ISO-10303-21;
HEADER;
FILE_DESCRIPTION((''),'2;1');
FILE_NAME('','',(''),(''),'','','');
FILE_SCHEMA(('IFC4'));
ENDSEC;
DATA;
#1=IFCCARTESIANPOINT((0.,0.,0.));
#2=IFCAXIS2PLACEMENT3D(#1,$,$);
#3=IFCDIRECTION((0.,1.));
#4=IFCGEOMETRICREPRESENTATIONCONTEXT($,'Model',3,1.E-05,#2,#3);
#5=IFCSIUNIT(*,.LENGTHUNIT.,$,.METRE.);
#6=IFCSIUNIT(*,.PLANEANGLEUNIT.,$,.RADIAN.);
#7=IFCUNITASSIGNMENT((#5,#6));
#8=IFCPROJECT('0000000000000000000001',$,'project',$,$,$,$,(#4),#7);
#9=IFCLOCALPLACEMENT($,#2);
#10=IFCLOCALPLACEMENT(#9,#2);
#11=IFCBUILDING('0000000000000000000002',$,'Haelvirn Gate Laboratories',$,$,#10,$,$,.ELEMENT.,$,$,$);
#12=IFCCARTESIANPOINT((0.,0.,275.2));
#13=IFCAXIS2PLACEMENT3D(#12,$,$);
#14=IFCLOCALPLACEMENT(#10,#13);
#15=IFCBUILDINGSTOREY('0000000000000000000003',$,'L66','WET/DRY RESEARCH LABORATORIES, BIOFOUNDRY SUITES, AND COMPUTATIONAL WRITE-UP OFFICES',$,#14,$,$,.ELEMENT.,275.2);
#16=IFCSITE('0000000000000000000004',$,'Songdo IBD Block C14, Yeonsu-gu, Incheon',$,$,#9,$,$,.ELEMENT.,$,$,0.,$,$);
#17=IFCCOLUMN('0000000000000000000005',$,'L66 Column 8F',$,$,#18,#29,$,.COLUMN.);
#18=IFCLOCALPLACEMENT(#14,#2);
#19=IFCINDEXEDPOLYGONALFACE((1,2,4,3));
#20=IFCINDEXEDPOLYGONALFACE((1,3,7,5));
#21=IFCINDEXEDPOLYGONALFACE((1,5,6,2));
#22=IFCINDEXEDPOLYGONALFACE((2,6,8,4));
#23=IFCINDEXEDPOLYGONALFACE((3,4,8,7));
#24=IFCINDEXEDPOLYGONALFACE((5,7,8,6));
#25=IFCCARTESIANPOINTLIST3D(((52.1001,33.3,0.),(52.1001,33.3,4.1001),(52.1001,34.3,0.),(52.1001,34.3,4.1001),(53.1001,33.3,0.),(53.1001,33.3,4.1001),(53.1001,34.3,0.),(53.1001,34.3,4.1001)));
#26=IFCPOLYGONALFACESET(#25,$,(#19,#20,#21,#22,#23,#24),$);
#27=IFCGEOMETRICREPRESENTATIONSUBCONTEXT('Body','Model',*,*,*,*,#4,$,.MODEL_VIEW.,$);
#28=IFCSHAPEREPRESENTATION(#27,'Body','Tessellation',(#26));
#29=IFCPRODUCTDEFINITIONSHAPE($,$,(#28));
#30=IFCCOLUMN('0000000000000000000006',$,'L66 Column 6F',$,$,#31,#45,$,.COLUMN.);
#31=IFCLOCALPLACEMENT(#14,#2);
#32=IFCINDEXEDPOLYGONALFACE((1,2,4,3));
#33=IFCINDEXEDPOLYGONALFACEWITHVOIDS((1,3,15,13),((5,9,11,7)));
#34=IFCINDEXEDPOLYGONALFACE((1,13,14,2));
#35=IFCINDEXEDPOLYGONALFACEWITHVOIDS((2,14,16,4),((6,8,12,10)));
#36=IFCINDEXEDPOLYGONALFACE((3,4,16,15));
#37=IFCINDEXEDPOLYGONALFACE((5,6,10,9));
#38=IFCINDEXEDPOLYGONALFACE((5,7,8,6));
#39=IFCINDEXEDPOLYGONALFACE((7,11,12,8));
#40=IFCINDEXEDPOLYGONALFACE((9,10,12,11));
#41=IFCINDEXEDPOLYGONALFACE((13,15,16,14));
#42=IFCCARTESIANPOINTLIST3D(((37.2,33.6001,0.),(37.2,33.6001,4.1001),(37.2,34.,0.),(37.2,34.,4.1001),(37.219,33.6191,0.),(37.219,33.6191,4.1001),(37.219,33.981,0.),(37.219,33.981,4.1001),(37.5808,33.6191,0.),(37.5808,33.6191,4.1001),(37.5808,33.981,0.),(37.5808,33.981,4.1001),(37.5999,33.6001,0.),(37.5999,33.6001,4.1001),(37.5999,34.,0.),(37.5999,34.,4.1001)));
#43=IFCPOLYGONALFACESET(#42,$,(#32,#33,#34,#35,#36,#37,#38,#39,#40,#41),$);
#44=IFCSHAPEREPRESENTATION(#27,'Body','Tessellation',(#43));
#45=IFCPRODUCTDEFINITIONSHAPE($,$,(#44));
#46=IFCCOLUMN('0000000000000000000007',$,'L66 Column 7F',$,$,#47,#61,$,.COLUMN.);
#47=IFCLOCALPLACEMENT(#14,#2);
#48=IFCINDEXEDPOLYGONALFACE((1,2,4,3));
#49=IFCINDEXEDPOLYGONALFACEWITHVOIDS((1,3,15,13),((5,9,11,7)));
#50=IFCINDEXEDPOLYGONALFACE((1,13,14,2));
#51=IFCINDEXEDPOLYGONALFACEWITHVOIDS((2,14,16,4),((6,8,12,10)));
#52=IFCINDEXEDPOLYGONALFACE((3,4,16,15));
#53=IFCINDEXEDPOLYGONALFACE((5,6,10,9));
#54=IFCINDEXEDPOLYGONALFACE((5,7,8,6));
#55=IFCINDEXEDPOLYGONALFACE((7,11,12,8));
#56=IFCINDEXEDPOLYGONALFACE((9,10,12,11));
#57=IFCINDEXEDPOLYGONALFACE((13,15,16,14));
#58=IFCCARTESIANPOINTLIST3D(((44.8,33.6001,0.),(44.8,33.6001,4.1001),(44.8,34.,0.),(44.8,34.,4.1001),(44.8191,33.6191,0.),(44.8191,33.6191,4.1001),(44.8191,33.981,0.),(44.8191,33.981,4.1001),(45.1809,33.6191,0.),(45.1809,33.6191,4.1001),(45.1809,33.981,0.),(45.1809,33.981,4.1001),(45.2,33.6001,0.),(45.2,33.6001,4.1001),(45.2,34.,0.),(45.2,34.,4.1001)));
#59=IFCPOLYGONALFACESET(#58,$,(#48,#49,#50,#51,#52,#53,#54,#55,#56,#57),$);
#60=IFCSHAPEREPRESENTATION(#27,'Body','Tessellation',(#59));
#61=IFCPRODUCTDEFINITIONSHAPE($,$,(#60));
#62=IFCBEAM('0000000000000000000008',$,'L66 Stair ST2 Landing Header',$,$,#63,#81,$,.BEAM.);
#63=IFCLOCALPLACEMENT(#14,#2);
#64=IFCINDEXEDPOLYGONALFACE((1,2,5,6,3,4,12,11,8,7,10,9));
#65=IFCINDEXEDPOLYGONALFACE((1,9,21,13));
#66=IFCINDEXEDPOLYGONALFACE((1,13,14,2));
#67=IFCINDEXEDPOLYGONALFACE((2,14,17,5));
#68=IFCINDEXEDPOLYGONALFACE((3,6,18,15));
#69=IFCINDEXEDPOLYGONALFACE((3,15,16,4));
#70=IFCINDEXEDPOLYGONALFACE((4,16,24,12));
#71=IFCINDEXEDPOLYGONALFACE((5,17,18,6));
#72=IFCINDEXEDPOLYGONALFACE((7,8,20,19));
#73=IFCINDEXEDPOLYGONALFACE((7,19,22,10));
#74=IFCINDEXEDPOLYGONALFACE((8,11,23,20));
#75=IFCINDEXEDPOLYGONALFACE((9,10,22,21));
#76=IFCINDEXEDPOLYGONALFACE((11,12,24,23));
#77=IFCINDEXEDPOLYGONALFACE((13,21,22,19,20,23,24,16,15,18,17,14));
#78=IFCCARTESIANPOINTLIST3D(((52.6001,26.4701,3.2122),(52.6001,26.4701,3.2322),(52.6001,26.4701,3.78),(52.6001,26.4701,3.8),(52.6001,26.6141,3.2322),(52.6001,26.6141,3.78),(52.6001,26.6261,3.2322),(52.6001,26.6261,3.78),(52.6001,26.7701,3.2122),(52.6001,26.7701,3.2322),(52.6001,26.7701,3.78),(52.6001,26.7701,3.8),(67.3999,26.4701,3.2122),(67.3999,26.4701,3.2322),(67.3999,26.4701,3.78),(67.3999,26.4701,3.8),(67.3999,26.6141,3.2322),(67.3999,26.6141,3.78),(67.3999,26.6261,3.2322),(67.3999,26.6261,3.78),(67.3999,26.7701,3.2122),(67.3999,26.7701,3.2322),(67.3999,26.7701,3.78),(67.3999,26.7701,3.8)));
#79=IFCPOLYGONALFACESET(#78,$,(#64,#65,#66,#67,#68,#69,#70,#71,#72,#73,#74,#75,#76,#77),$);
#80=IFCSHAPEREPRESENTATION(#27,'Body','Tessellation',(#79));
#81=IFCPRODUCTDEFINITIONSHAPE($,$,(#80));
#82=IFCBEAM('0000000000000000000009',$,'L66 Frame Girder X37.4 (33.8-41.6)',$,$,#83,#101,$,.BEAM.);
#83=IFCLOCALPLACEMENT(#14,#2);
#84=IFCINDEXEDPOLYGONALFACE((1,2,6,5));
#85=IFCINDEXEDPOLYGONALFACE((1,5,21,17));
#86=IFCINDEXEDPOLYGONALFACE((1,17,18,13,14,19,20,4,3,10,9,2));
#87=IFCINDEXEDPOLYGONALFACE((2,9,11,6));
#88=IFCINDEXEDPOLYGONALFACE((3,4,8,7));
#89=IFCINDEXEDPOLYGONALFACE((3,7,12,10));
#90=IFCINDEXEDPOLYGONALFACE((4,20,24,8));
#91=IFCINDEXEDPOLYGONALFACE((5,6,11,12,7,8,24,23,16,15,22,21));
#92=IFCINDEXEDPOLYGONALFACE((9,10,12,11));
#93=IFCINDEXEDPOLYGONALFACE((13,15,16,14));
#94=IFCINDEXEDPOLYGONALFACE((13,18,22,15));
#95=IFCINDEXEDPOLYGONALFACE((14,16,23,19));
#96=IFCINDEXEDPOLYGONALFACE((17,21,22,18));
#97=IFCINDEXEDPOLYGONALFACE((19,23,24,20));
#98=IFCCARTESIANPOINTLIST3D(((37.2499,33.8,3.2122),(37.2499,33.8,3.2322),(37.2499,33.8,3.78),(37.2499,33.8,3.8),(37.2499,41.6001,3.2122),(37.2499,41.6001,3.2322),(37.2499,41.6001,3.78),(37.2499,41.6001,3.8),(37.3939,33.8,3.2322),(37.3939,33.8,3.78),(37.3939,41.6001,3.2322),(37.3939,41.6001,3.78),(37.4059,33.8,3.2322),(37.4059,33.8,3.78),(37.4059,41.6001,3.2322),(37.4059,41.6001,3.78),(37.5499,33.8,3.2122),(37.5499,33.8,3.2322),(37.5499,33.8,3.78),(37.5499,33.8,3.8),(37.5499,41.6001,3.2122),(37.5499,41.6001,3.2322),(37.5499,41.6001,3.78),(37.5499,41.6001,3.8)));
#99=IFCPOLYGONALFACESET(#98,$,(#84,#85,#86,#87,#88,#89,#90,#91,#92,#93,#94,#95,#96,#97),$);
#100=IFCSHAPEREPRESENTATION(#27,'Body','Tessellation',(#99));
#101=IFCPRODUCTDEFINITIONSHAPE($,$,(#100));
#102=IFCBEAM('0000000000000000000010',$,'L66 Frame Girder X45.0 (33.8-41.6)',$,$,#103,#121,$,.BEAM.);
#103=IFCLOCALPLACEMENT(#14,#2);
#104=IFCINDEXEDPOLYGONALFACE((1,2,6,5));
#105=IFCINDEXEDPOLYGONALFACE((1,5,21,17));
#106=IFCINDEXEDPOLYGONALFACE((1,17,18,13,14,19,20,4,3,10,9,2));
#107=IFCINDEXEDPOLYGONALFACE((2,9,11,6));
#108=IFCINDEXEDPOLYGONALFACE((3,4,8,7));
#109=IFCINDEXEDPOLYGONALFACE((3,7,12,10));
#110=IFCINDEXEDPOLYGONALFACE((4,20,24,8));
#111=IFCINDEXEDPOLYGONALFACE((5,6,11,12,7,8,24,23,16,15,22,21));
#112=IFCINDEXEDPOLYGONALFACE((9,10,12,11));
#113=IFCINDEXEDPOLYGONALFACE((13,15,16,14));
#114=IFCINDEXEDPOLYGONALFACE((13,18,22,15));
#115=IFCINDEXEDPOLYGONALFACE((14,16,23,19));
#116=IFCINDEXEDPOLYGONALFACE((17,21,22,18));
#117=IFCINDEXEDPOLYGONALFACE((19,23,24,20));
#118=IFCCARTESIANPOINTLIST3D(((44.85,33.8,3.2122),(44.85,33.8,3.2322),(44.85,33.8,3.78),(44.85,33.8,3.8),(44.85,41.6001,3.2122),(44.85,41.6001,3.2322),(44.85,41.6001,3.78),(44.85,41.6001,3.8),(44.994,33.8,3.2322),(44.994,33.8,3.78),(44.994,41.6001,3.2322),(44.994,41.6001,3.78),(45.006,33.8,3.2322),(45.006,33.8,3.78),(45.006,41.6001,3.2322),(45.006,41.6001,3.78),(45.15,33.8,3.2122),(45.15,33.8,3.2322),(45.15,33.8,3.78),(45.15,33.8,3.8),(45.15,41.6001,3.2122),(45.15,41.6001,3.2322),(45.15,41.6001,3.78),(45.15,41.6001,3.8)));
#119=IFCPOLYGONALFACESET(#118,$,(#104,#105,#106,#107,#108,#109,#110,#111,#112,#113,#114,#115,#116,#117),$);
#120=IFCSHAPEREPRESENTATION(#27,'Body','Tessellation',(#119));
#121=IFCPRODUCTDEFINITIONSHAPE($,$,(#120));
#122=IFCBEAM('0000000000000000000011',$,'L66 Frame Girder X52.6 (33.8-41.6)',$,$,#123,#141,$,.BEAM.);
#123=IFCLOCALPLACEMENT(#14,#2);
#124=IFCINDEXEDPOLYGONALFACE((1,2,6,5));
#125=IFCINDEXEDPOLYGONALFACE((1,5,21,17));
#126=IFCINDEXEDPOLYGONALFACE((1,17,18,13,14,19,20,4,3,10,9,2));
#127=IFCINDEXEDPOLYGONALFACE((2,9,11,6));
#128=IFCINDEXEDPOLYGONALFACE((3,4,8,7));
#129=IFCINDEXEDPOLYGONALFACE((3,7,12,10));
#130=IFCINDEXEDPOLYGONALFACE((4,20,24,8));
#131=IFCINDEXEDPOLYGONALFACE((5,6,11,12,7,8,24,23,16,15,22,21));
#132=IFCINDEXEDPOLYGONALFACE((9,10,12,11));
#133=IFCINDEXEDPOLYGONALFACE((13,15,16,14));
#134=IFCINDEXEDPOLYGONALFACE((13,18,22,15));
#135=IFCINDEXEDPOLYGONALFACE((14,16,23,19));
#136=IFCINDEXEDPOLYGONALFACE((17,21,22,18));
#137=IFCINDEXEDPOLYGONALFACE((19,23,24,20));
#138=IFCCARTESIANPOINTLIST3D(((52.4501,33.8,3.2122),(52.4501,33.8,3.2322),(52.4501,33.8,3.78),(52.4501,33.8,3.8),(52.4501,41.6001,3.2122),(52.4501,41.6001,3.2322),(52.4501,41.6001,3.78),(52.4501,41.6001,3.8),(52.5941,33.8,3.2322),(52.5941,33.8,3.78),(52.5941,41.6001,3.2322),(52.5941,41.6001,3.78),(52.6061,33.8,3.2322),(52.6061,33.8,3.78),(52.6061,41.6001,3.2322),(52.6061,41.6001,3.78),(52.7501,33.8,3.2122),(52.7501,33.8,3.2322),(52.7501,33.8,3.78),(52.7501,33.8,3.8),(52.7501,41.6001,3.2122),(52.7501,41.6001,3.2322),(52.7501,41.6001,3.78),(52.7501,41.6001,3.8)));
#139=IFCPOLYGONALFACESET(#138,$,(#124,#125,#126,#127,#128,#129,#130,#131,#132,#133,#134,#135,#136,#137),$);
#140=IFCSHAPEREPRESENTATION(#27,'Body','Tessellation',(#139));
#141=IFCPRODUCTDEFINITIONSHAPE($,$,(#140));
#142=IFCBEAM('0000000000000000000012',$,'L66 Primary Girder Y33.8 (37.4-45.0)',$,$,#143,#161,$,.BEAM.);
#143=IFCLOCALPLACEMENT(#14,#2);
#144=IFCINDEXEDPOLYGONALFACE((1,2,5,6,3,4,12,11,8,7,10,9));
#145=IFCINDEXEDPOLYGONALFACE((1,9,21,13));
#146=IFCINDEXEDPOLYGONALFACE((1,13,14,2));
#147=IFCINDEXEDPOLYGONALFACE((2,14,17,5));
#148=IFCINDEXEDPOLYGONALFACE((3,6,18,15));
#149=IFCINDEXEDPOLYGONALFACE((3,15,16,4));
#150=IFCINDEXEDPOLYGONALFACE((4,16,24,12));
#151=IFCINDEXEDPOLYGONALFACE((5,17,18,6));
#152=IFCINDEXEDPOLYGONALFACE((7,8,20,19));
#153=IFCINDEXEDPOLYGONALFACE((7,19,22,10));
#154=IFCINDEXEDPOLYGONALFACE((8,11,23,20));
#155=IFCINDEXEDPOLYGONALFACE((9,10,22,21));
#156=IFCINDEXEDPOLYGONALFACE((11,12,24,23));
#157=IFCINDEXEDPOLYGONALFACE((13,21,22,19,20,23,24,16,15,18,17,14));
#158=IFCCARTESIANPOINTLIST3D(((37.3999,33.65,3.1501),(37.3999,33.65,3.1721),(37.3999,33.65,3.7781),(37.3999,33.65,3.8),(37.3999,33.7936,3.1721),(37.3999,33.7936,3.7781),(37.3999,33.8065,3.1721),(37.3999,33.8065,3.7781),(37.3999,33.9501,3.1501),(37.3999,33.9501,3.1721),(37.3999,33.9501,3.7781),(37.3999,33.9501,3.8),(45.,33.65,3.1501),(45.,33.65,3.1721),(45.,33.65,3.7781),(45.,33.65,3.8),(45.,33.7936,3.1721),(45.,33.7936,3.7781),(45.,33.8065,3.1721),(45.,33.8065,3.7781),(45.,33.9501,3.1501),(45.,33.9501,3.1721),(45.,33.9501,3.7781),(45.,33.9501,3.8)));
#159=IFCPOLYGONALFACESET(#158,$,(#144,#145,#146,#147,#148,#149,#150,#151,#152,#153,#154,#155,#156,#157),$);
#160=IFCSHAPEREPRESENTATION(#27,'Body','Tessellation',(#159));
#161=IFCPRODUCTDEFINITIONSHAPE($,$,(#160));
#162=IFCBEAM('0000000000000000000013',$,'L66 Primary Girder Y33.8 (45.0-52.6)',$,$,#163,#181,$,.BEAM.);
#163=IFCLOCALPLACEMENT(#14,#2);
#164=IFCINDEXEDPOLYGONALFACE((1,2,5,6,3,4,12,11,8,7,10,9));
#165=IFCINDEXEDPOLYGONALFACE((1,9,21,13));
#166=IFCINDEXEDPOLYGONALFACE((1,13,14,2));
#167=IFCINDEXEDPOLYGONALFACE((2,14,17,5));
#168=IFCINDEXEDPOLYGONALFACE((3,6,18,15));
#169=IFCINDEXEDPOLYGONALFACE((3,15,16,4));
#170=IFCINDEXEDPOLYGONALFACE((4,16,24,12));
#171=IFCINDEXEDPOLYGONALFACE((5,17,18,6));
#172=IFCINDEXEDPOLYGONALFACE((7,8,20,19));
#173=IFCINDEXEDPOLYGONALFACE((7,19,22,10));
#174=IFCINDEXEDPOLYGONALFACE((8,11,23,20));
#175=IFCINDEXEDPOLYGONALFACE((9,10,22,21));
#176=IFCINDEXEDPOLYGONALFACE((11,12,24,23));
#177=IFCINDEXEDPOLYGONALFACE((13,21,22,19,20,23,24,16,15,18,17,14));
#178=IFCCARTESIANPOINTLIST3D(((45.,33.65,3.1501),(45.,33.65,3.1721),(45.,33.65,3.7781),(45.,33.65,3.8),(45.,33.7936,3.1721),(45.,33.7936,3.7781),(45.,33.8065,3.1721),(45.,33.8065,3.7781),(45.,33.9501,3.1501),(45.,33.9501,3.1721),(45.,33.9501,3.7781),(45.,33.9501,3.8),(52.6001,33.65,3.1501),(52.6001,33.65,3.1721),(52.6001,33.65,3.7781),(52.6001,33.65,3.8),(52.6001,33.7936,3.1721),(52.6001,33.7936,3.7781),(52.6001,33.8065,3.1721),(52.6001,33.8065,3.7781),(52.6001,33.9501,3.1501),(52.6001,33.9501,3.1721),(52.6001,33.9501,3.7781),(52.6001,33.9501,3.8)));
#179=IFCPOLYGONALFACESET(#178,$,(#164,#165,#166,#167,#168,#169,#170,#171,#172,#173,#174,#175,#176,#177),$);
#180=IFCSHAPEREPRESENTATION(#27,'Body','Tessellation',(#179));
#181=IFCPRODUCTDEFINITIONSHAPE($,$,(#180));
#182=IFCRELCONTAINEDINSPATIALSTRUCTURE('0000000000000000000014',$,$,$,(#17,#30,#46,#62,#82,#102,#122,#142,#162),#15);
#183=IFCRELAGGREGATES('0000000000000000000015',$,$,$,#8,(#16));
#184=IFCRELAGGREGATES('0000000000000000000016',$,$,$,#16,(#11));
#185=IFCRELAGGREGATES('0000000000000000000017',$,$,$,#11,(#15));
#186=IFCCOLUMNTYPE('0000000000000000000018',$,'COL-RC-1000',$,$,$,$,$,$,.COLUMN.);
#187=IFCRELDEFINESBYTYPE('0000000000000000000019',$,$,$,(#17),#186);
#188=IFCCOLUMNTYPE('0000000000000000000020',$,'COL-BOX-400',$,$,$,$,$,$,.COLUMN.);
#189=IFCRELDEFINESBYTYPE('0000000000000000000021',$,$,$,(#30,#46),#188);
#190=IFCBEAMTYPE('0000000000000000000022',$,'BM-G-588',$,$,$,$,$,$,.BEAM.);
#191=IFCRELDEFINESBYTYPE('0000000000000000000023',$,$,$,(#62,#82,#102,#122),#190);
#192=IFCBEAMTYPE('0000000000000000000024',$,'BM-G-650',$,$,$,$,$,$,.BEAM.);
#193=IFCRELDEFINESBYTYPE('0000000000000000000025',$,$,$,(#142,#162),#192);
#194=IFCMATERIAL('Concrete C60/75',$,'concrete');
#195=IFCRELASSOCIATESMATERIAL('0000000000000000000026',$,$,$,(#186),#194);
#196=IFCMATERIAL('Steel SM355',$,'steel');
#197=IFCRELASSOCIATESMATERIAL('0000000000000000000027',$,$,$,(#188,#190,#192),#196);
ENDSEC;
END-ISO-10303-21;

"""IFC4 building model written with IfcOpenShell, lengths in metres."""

from ifc_helpers import new_model, si_unit, direction, frame, origin, origin_2d, place, context, subcontext, project, spatial, rectangle, hollow_rectangle, i_section, extrude, source, transform, mapped, material, material_profile, profile_set, type_object, type_shapes, element, save


model = new_model("IFC4")

# Units and contexts
model_context = context("Model", 3, precision=1e-05, world=origin(), true_north=direction((0.0, 1.0)))
body_context = subcontext(model_context, "Body", "Model", "MODEL_VIEW")
ifc_project = project(units=[si_unit("LENGTHUNIT", "METRE"), si_unit("PLANEANGLEUNIT", "RADIAN")], contexts=[model_context])

# Site, building, storey
site_placement = place(None, origin())
site = spatial("IfcSite", under=ifc_project, at=site_placement, Name="Songdo IBD Block C14, Yeonsu-gu, Incheon", CompositionType="ELEMENT", RefElevation=0.0)
building_placement = place(site_placement, origin())
building = spatial("IfcBuilding", under=site, at=building_placement, Name="Haelvirn Gate Laboratories", CompositionType="ELEMENT")
storey_placement = place(building_placement, frame((0.0, 0.0, 275.2)))
storey = spatial("IfcBuildingStorey", under=building, at=storey_placement, Name="L66", Description="WET/DRY RESEARCH LABORATORIES, BIOFOUNDRY SUITES, AND COMPUTATIONAL WRITE-UP OFFICES", CompositionType="ELEMENT", Elevation=275.2)

# Columns
ifc_material_1 = material(Name="Concrete C60/75", Category="concrete")
ifc_material_profile_1 = material_profile(ifc_material_1, rectangle(XDim=1.0, YDim=1.0, at=origin_2d()), Name="RC-1000x1000")
ifc_profile_set_1 = profile_set([ifc_material_profile_1], Name="Concrete C60/75")
column_type_1 = type_object("IfcColumnType", Name="COL-RC-1000", PredefinedType="COLUMN", material=ifc_profile_set_1)
shared_shape_1 = source(origin(), body_context, "Body", "SweptSolid", [
    extrude(rectangle(XDim=1.0, YDim=1.0, at=origin_2d()), origin(), (0.0, 0.0, 1.0), 4.1001),
])
type_shapes(column_type_1, [shared_shape_1])
column_placement = place(storey_placement, frame((52.6001, 33.8, 0.0), z_axis=(0.0, 0.0, 1.0), x_axis=(1.0, 0.0, 0.0)))
element("IfcColumn", 1, at=column_placement, inside=storey, type_object=column_type_1, Name="L66 Column 8F", PredefinedType="COLUMN", context=body_context, shape_type="MappedRepresentation", body=[
    mapped(shared_shape_1, transform((0.0, 0.0, 0.0), scale=1.0)),
])
ifc_material_2 = material(Name="Steel SM355", Category="steel")
ifc_material_profile_2 = material_profile(ifc_material_2, hollow_rectangle(XDim=0.3999, YDim=0.3999, WallThickness=0.019, at=origin_2d()), Name="BOX-400x400x19")
ifc_profile_set_2 = profile_set([ifc_material_profile_2], Name="Steel SM355")
column_type_2 = type_object("IfcColumnType", Name="COL-BOX-400", PredefinedType="COLUMN", material=ifc_profile_set_2)
shared_shape_2 = source(origin(), body_context, "Body", "SweptSolid", [
    extrude(hollow_rectangle(XDim=0.3999, YDim=0.3999, WallThickness=0.019, at=origin_2d()), origin(), (0.0, 0.0, 1.0), 4.1001),
])
type_shapes(column_type_2, [shared_shape_2])
for number, where, z_axis, x_axis, name in (
    (2, (37.3999, 33.8, 0.0), (0.0, 0.0, 1.0), (1.0, 0.0, 0.0), "L66 Column 6F"),
    (3, (45.0, 33.8, 0.0), (0.0, 0.0, 1.0), (1.0, 0.0, 0.0), "L66 Column 7F"),
):
    element("IfcColumn", number, at=place(storey_placement, frame(where, z_axis=z_axis, x_axis=x_axis)), inside=storey, type_object=column_type_2, Name=name, PredefinedType="COLUMN", context=body_context, shape_type="MappedRepresentation", body=[
        mapped(shared_shape_2, transform((0.0, 0.0, 0.0), scale=1.0)),
    ])

# Beams
ifc_material_profile_3 = material_profile(ifc_material_2, i_section(OverallWidth=0.3, OverallDepth=0.5879, WebThickness=0.012, FlangeThickness=0.02, at=origin_2d()), Name="H-588x300x12x20")
ifc_profile_set_3 = profile_set([ifc_material_profile_3], Name="Steel SM355")
beam_type_1 = type_object("IfcBeamType", Name="BM-G-588", PredefinedType="BEAM", material=ifc_profile_set_3)
shared_shape_3 = source(origin(), body_context, "Body", "SweptSolid", [
    extrude(i_section(OverallWidth=0.3, OverallDepth=0.5879, WebThickness=0.012, FlangeThickness=0.02, at=origin_2d()), origin(), (0.0, 0.0, 1.0), 14.7998),
])
beam_placement = place(storey_placement, frame((52.6001, 26.6201, 3.5061), z_axis=(1.0, 0.0, 0.0), x_axis=(0.0, 1.0, 0.0)))
element("IfcBeam", 4, at=beam_placement, inside=storey, type_object=beam_type_1, Name="L66 Stair ST2 Landing Header", PredefinedType="BEAM", context=body_context, shape_type="MappedRepresentation", body=[
    mapped(shared_shape_3, transform((0.0, 0.0, 0.0), scale=1.0)),
])
shared_shape_4 = source(origin(), body_context, "Body", "SweptSolid", [
    extrude(i_section(OverallWidth=0.3, OverallDepth=0.5879, WebThickness=0.012, FlangeThickness=0.02, at=origin_2d()), origin(), (0.0, 0.0, 1.0), 7.8),
])
type_shapes(beam_type_1, [shared_shape_3, shared_shape_4])
for number, where, z_axis, x_axis, name in (
    (5, (37.3999, 33.8, 3.5061), (0.0, 1.0, 0.0), (-1.0, 0.0, 0.0), "L66 Frame Girder X37.4 (33.8-41.6)"),
    (6, (45.0, 33.8, 3.5061), (0.0, 1.0, 0.0), (-1.0, 0.0, 0.0), "L66 Frame Girder X45.0 (33.8-41.6)"),
    (7, (52.6001, 33.8, 3.5061), (0.0, 1.0, 0.0), (-1.0, 0.0, 0.0), "L66 Frame Girder X52.6 (33.8-41.6)"),
):
    element("IfcBeam", number, at=place(storey_placement, frame(where, z_axis=z_axis, x_axis=x_axis)), inside=storey, type_object=beam_type_1, Name=name, PredefinedType="BEAM", context=body_context, shape_type="MappedRepresentation", body=[
        mapped(shared_shape_4, transform((0.0, 0.0, 0.0), scale=1.0)),
    ])
ifc_material_profile_4 = material_profile(ifc_material_2, i_section(OverallWidth=0.3, OverallDepth=0.6499, WebThickness=0.0129, FlangeThickness=0.022, at=origin_2d()), Name="H-650x300x13x22")
ifc_profile_set_4 = profile_set([ifc_material_profile_4], Name="Steel SM355")
beam_type_2 = type_object("IfcBeamType", Name="BM-G-650", PredefinedType="BEAM", material=ifc_profile_set_4)
shared_shape_5 = source(origin(), body_context, "Body", "SweptSolid", [
    extrude(i_section(OverallWidth=0.3, OverallDepth=0.6499, WebThickness=0.0129, FlangeThickness=0.022, at=origin_2d()), origin(), (0.0, 0.0, 1.0), 7.6001),
])
type_shapes(beam_type_2, [shared_shape_5])
for number, where, z_axis, x_axis, name in (
    (8, (37.3999, 33.8, 3.4751), (1.0, 0.0, 0.0), (0.0, 1.0, 0.0), "L66 Primary Girder Y33.8 (37.4-45.0)"),
    (9, (45.0, 33.8, 3.4751), (1.0, 0.0, 0.0), (0.0, 1.0, 0.0), "L66 Primary Girder Y33.8 (45.0-52.6)"),
):
    element("IfcBeam", number, at=place(storey_placement, frame(where, z_axis=z_axis, x_axis=x_axis)), inside=storey, type_object=beam_type_2, Name=name, PredefinedType="BEAM", context=body_context, shape_type="MappedRepresentation", body=[
        mapped(shared_shape_5, transform((0.0, 0.0, 0.0), scale=1.0)),
    ])

save(model, "model.ifc")
